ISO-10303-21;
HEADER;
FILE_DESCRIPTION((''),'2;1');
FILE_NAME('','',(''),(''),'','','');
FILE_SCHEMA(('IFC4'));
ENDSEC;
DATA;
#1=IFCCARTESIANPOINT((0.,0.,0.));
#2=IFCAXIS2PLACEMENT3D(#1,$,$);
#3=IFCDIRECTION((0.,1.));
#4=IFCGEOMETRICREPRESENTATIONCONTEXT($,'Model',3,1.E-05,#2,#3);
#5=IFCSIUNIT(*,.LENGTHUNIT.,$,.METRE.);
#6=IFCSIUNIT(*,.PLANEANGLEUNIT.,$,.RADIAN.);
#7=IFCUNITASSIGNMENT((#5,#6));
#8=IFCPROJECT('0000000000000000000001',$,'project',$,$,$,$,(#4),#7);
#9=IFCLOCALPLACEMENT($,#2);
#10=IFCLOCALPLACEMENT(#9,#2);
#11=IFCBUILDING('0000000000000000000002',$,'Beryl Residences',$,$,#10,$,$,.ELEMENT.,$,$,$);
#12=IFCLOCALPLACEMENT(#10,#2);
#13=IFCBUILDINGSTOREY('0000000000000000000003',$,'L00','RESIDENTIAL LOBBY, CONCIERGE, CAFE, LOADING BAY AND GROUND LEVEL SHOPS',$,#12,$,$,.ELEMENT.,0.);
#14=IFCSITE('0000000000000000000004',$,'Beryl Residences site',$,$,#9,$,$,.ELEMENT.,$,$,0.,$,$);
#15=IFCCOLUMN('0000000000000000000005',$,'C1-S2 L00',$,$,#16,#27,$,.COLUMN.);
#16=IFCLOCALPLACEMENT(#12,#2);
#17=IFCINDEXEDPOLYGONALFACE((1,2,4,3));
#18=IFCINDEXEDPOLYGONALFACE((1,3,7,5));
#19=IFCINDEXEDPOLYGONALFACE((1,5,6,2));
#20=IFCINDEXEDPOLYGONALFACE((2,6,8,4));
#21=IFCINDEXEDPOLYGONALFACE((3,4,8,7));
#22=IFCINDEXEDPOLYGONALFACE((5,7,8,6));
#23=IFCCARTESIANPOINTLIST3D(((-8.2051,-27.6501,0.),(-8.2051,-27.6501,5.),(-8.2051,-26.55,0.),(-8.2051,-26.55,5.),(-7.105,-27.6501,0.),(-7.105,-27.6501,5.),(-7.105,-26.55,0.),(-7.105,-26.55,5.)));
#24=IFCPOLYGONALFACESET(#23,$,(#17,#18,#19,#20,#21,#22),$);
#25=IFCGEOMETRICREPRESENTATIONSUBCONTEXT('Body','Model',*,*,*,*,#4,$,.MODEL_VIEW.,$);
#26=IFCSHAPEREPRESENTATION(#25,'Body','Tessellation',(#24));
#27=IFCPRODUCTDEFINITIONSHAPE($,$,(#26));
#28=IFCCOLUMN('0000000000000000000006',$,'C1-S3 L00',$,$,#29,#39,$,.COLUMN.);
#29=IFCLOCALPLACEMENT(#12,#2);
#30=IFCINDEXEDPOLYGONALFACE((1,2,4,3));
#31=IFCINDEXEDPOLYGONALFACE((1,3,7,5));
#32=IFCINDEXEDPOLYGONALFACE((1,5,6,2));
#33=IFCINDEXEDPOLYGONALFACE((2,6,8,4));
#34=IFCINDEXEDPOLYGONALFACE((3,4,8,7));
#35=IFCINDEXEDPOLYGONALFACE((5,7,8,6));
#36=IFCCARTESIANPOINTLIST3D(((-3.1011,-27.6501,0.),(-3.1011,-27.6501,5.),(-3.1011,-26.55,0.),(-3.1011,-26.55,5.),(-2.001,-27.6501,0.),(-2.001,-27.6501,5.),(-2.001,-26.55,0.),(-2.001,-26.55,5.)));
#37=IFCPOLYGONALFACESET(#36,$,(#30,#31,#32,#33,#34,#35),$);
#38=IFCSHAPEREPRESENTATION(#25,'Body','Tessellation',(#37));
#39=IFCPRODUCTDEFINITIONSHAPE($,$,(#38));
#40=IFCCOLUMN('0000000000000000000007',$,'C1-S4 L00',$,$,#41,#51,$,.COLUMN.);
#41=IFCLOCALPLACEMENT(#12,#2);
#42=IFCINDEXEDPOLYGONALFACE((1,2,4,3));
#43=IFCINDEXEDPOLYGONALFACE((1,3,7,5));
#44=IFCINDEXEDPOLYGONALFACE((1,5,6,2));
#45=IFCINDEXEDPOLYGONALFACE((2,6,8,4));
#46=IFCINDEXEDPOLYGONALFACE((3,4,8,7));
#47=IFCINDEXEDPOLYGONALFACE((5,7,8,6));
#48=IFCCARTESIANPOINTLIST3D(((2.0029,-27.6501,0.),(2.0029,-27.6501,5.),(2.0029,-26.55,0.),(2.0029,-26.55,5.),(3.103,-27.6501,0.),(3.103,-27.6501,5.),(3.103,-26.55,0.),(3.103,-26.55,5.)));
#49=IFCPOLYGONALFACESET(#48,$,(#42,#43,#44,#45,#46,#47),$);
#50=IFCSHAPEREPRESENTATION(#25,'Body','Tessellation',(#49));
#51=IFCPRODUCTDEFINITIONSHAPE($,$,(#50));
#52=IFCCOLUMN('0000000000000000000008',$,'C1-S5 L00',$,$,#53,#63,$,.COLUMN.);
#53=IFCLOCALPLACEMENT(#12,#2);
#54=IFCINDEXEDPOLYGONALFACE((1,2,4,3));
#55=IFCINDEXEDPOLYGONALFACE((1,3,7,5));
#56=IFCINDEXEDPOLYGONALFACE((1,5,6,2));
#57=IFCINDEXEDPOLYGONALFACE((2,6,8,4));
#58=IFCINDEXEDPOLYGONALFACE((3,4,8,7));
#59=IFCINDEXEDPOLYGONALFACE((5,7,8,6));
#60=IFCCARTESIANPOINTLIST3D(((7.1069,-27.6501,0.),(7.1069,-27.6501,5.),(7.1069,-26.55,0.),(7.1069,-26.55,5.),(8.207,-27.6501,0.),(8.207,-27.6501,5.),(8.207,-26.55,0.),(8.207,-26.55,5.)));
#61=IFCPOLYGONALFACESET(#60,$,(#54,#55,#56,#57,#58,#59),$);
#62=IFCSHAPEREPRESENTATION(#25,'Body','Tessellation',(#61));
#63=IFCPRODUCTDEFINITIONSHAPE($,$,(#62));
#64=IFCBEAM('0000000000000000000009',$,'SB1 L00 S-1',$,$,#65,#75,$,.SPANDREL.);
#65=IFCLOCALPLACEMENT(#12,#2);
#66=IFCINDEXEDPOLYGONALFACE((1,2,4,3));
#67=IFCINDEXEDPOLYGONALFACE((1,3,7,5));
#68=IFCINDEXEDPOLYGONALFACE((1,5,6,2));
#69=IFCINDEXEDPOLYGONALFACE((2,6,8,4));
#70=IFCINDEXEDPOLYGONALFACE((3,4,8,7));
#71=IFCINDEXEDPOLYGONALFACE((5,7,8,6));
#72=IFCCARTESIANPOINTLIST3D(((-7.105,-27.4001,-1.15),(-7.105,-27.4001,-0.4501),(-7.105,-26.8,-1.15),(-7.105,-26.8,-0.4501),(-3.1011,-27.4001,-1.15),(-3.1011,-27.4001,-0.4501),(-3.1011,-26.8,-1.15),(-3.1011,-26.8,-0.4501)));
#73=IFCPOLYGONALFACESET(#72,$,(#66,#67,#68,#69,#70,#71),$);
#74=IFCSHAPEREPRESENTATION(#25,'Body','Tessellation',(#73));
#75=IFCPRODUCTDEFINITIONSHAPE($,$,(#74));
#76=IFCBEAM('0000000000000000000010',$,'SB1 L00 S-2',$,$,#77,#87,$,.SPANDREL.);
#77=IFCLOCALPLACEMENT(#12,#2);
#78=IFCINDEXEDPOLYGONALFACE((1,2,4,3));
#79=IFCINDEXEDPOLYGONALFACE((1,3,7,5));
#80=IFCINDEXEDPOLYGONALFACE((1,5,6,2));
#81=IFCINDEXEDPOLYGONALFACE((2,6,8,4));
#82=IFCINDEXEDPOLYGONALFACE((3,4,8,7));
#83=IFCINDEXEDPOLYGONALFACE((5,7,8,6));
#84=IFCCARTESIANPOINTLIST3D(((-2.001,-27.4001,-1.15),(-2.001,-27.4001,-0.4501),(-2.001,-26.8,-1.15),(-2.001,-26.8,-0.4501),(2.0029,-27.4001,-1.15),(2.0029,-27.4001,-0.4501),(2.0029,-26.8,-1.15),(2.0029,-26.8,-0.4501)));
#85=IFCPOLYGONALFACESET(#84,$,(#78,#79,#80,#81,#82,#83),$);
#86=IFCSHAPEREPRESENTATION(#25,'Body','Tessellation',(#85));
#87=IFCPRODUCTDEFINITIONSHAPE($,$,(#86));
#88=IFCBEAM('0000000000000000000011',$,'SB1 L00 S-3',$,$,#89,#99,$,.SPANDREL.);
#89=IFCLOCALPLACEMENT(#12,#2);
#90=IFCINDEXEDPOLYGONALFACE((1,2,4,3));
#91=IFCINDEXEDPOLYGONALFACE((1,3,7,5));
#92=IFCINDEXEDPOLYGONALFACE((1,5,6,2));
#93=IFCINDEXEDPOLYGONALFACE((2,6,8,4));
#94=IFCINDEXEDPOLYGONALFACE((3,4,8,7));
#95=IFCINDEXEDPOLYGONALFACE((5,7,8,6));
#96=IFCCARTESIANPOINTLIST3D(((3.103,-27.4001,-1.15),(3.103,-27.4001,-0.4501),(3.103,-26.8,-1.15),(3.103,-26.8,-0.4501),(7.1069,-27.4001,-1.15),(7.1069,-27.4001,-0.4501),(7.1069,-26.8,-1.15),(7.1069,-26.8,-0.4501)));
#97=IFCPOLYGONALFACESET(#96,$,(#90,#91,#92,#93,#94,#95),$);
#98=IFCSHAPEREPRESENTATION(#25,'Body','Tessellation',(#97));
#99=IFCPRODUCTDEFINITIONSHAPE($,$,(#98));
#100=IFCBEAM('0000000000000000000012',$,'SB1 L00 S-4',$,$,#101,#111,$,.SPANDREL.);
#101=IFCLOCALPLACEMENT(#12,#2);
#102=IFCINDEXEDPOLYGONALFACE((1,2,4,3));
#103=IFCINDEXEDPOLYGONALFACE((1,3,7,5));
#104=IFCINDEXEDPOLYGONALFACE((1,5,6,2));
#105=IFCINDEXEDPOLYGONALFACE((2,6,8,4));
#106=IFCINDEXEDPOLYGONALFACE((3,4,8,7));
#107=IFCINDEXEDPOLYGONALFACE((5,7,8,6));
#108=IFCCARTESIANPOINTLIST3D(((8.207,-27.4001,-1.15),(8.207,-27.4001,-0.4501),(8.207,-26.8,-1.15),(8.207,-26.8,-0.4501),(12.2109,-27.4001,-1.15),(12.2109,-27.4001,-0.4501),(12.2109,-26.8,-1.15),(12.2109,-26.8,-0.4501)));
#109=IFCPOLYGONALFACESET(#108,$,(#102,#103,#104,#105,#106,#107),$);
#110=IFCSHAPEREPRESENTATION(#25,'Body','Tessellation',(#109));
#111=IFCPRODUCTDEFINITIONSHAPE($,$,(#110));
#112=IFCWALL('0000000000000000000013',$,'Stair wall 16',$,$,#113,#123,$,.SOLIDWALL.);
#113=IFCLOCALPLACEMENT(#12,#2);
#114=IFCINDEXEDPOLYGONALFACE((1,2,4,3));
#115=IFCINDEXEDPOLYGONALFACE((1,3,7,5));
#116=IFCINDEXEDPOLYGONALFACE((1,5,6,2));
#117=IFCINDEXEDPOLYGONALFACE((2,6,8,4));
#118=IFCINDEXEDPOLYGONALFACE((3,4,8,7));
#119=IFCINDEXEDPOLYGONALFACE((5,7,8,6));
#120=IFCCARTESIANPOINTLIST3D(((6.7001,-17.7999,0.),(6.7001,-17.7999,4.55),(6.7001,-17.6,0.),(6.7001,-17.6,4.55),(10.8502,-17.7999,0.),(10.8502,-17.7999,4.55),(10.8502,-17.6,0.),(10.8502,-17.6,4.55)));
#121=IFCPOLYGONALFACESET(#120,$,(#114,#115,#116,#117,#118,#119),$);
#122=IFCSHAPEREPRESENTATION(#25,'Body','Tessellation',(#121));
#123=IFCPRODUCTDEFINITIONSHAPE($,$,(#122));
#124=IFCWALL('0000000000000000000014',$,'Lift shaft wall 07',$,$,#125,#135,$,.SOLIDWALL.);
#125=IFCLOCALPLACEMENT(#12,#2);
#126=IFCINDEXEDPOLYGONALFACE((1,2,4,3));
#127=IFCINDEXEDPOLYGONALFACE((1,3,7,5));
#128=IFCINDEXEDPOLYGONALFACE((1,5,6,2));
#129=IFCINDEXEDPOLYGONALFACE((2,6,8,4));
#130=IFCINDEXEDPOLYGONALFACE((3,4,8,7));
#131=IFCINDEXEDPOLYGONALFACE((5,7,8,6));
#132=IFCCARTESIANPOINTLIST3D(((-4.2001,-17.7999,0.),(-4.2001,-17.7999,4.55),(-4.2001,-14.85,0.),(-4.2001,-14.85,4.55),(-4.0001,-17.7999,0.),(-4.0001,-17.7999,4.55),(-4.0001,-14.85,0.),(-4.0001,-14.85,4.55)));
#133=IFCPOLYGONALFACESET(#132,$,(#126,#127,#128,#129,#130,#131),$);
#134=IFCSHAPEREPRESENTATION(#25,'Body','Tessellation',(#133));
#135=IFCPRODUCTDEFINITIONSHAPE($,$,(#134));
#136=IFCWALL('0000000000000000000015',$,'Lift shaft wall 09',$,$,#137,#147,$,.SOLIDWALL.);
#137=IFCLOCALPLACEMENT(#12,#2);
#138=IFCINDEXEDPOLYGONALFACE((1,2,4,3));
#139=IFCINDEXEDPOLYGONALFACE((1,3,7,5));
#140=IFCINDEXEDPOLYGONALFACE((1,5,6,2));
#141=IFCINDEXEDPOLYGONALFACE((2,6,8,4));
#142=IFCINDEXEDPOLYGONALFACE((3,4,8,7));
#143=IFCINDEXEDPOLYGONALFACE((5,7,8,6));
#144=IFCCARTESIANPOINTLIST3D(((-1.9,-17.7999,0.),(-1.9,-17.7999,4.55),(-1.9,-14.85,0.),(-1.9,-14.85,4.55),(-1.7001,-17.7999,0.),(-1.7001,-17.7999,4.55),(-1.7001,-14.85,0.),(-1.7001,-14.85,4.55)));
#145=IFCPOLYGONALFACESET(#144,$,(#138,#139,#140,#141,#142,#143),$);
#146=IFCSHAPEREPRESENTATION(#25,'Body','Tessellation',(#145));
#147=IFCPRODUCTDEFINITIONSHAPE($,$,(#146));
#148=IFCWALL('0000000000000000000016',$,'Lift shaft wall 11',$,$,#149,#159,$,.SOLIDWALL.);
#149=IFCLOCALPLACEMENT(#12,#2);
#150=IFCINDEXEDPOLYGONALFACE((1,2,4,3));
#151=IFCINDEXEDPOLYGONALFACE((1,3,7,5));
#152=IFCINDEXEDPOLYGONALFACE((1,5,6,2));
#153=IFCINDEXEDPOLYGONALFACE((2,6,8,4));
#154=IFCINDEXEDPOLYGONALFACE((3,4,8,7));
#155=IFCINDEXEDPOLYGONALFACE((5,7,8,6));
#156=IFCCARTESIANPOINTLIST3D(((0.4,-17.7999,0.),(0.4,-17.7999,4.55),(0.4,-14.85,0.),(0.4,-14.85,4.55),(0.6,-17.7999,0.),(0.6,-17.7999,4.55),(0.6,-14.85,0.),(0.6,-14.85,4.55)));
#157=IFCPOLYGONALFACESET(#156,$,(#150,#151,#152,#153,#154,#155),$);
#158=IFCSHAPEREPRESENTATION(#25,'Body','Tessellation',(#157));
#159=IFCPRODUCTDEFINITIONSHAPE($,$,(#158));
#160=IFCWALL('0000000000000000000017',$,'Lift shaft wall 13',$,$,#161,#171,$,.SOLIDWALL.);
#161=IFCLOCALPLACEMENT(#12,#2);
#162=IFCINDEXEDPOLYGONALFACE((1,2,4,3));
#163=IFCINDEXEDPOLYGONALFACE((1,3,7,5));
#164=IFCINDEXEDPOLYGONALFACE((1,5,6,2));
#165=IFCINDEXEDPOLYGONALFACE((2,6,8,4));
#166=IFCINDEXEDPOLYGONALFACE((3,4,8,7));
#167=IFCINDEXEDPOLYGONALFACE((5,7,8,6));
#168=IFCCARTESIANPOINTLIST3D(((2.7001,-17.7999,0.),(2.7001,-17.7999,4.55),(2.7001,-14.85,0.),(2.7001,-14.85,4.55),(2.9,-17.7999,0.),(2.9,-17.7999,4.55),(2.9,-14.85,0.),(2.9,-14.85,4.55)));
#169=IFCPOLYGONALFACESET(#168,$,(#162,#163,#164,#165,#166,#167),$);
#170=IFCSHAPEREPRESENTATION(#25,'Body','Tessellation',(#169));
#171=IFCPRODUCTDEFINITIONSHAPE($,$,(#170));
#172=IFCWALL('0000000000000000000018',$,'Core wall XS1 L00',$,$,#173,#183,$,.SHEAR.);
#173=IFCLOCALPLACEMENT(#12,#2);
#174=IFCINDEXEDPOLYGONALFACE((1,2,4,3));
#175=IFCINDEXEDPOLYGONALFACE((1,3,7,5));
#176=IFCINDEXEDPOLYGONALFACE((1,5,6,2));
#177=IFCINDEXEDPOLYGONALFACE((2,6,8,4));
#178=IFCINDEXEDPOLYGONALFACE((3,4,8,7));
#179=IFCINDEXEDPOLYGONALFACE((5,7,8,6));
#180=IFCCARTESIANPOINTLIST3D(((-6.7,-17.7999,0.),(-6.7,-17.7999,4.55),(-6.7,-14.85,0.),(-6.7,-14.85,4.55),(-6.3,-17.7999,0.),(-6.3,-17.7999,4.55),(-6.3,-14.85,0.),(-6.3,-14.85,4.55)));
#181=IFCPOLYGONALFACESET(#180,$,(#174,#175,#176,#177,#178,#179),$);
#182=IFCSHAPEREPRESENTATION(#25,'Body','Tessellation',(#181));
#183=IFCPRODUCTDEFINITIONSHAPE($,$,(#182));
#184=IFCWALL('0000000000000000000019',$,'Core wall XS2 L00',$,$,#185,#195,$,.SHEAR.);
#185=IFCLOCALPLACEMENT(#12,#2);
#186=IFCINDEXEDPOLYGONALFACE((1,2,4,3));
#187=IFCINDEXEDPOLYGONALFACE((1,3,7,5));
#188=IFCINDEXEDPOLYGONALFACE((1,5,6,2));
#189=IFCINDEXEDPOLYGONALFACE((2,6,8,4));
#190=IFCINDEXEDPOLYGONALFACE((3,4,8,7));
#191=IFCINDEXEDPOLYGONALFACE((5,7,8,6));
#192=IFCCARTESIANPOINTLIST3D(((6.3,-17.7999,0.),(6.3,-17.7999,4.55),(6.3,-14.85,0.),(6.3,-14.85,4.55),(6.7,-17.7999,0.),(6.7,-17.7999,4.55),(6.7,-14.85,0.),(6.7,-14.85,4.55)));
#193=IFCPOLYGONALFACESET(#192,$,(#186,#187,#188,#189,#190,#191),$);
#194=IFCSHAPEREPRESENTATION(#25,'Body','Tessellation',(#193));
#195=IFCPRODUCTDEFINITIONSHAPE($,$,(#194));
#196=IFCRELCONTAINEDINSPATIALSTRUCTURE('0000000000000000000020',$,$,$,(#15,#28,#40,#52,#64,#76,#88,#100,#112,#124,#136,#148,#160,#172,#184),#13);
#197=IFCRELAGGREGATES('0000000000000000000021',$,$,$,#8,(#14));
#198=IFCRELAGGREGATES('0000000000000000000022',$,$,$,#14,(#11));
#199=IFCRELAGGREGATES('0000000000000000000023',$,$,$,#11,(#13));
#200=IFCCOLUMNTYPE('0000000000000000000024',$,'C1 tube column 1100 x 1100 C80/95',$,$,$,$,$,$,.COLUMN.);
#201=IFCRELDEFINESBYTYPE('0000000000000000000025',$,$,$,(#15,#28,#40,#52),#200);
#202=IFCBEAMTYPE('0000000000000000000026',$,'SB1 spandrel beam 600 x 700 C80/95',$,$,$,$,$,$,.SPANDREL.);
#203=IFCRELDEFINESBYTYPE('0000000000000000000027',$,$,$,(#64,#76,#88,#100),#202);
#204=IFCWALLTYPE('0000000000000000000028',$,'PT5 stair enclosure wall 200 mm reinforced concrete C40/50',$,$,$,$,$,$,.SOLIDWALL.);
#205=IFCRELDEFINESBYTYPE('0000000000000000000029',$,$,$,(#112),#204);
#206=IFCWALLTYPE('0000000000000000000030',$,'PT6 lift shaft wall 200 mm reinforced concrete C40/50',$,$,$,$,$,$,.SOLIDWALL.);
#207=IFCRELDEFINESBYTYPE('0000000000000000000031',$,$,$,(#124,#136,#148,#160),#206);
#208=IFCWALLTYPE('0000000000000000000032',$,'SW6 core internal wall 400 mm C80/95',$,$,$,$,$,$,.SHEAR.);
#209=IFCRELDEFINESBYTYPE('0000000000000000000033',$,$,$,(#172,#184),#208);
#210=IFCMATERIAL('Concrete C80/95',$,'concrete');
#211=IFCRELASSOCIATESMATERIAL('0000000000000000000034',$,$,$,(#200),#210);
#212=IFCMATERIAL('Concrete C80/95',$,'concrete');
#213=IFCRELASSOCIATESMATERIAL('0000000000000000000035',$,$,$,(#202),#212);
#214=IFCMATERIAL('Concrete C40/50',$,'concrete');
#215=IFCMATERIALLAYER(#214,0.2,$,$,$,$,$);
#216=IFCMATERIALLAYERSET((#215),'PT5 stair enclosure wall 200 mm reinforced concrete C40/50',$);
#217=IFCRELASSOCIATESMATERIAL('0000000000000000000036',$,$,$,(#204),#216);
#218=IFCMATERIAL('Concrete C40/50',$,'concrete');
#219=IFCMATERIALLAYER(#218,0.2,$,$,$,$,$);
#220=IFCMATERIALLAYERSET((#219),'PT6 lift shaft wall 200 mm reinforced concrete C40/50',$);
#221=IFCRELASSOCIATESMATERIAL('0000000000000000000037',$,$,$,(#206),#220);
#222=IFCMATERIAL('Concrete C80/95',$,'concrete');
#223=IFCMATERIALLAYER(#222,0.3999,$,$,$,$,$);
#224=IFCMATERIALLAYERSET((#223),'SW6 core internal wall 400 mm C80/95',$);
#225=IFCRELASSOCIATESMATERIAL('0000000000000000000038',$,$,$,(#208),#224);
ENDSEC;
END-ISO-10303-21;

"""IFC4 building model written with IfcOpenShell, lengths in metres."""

from ifc_helpers import new_model, si_unit, direction, frame, frame_2d, origin, origin_2d, place, context, subcontext, project, spatial, rectangle, extrude, material, layer, layer_set, material_profile, profile_set, type_object, element, save


model = new_model("IFC4")

# Units and contexts
model_context = context("Model", 3, precision=1e-05, world=origin(), true_north=direction((0.0, 1.0)))
body_context = subcontext(model_context, "Body", "Model", "MODEL_VIEW")
ifc_project = project(units=[si_unit("LENGTHUNIT", "METRE"), si_unit("PLANEANGLEUNIT", "RADIAN")], contexts=[model_context])

# Site, building, storey
site_placement = place(None, origin())
site = spatial("IfcSite", under=ifc_project, at=site_placement, Name="Beryl Residences site", CompositionType="ELEMENT", RefElevation=0.0)
building_placement = place(site_placement, origin())
building = spatial("IfcBuilding", under=site, at=building_placement, Name="Beryl Residences", CompositionType="ELEMENT")
storey_placement = place(building_placement, origin())
storey = spatial("IfcBuildingStorey", under=building, at=storey_placement, Name="L00", Description="RESIDENTIAL LOBBY, CONCIERGE, CAFE, LOADING BAY AND GROUND LEVEL SHOPS", CompositionType="ELEMENT", Elevation=0.0)

# Columns
ifc_material_1 = material(Name="Concrete C80/95", Category="concrete")
ifc_material_profile_1 = material_profile(ifc_material_1, rectangle(XDim=1.1001, YDim=1.1001, at=origin_2d()))
ifc_profile_set_1 = profile_set([ifc_material_profile_1], Name="Concrete C80/95")
column_type = type_object("IfcColumnType", Name="C1 tube column 1100 x 1100 C80/95", PredefinedType="COLUMN", material=ifc_profile_set_1)
for number, where, z_axis, x_axis, name in (
    (1, (-7.655, -27.1001, 0.0), (0.0, 0.0, 1.0), (1.0, 0.0, 0.0), "C1-S2 L00"),
    (2, (-2.551, -27.1001, 0.0), (0.0, 0.0, 1.0), (1.0, 0.0, 0.0), "C1-S3 L00"),
    (3, (2.553, -27.1001, 0.0), (0.0, 0.0, 1.0), (1.0, 0.0, 0.0), "C1-S4 L00"),
    (4, (7.657, -27.1001, 0.0), (0.0, 0.0, 1.0), (1.0, 0.0, 0.0), "C1-S5 L00"),
):
    element("IfcColumn", number, at=place(storey_placement, frame(where, z_axis=z_axis, x_axis=x_axis)), inside=storey, type_object=column_type, Name=name, PredefinedType="COLUMN", context=body_context, shape_type="SweptSolid", body=[
        extrude(rectangle(XDim=1.1001, YDim=1.1001, at=origin_2d()), origin(), (0.0, 0.0, 1.0), 5.0),
    ])

# Beams
ifc_material_2 = material(Name="Concrete C80/95", Category="concrete")
ifc_material_profile_2 = material_profile(ifc_material_2, rectangle(XDim=0.6001, YDim=0.7, at=origin_2d()))
ifc_profile_set_2 = profile_set([ifc_material_profile_2], Name="Concrete C80/95")
beam_type = type_object("IfcBeamType", Name="SB1 spandrel beam 600 x 700 C80/95", PredefinedType="SPANDREL", material=ifc_profile_set_2)
for number, where, z_axis, x_axis, name in (
    (5, (-7.105, -27.1001, -0.8), (1.0, 0.0, 0.0), (0.0, 1.0, 0.0), "SB1 L00 S-1"),
    (6, (-2.001, -27.1001, -0.8), (1.0, 0.0, 0.0), (0.0, 1.0, 0.0), "SB1 L00 S-2"),
    (7, (3.103, -27.1001, -0.8), (1.0, 0.0, 0.0), (0.0, 1.0, 0.0), "SB1 L00 S-3"),
    (8, (8.207, -27.1001, -0.8), (1.0, 0.0, 0.0), (0.0, 1.0, 0.0), "SB1 L00 S-4"),
):
    element("IfcBeam", number, at=place(storey_placement, frame(where, z_axis=z_axis, x_axis=x_axis)), inside=storey, type_object=beam_type, Name=name, PredefinedType="SPANDREL", context=body_context, shape_type="SweptSolid", body=[
        extrude(rectangle(XDim=0.6001, YDim=0.7, at=origin_2d()), origin(), (0.0, 0.0, 1.0), 4.0039),
    ])

# Walls
ifc_material_3 = material(Name="Concrete C40/50", Category="concrete")
ifc_layer_1 = layer(ifc_material_3, 0.2)
ifc_layer_set_1 = layer_set([ifc_layer_1], Name="PT5 stair enclosure wall 200 mm reinforced concrete C40/50")
wall_type_1 = type_object("IfcWallType", Name="PT5 stair enclosure wall 200 mm reinforced concrete C40/50", PredefinedType="SOLIDWALL", material=ifc_layer_set_1)
wall_placement = place(storey_placement, frame((6.7, -17.7, 0.0), z_axis=(0.0, 0.0, 1.0), x_axis=(1.0, 0.0, 0.0)))
element("IfcWall", 9, at=wall_placement, inside=storey, type_object=wall_type_1, Name="Stair wall 16", PredefinedType="SOLIDWALL", context=body_context, shape_type="SweptSolid", body=[
    extrude(rectangle(XDim=4.1501, YDim=0.2, at=frame_2d((2.0752, 0.0))), origin(), (0.0, 0.0, 1.0), 4.55),
])
ifc_material_4 = material(Name="Concrete C40/50", Category="concrete")
ifc_layer_2 = layer(ifc_material_4, 0.2)
ifc_layer_set_2 = layer_set([ifc_layer_2], Name="PT6 lift shaft wall 200 mm reinforced concrete C40/50")
wall_type_2 = type_object("IfcWallType", Name="PT6 lift shaft wall 200 mm reinforced concrete C40/50", PredefinedType="SOLIDWALL", material=ifc_layer_set_2)
for number, where, z_axis, x_axis, name in (
    (10, (-4.1001, -17.8, 0.0), (0.0, 0.0, 1.0), (0.0, 1.0, 0.0), "Lift shaft wall 07"),
    (11, (-1.8, -17.8, 0.0), (0.0, 0.0, 1.0), (0.0, 1.0, 0.0), "Lift shaft wall 09"),
    (12, (0.5, -17.8, 0.0), (0.0, 0.0, 1.0), (0.0, 1.0, 0.0), "Lift shaft wall 11"),
    (13, (2.8, -17.8, 0.0), (0.0, 0.0, 1.0), (0.0, 1.0, 0.0), "Lift shaft wall 13"),
):
    element("IfcWall", number, at=place(storey_placement, frame(where, z_axis=z_axis, x_axis=x_axis)), inside=storey, type_object=wall_type_2, Name=name, PredefinedType="SOLIDWALL", context=body_context, shape_type="SweptSolid", body=[
        extrude(rectangle(XDim=2.95, YDim=0.2, at=frame_2d((1.4751, 0.0))), origin(), (0.0, 0.0, 1.0), 4.55),
    ])
ifc_material_5 = material(Name="Concrete C80/95", Category="concrete")
ifc_layer_3 = layer(ifc_material_5, 0.3999)
ifc_layer_set_3 = layer_set([ifc_layer_3], Name="SW6 core internal wall 400 mm C80/95")
wall_type_3 = type_object("IfcWallType", Name="SW6 core internal wall 400 mm C80/95", PredefinedType="SHEAR", material=ifc_layer_set_3)
for number, where, z_axis, x_axis, name in (
    (14, (-6.5, -17.8, 0.0), (0.0, 0.0, 1.0), (0.0, 1.0, 0.0), "Core wall XS1 L00"),
    (15, (6.5, -17.8, 0.0), (0.0, 0.0, 1.0), (0.0, 1.0, 0.0), "Core wall XS2 L00"),
):
    element("IfcWall", number, at=place(storey_placement, frame(where, z_axis=z_axis, x_axis=x_axis)), inside=storey, type_object=wall_type_3, Name=name, PredefinedType="SHEAR", context=body_context, shape_type="SweptSolid", body=[
        extrude(rectangle(XDim=2.95, YDim=0.3999, at=frame_2d((1.4751, 0.0))), origin(), (0.0, 0.0, 1.0), 4.55),
    ])

save(model, "model.ifc")
